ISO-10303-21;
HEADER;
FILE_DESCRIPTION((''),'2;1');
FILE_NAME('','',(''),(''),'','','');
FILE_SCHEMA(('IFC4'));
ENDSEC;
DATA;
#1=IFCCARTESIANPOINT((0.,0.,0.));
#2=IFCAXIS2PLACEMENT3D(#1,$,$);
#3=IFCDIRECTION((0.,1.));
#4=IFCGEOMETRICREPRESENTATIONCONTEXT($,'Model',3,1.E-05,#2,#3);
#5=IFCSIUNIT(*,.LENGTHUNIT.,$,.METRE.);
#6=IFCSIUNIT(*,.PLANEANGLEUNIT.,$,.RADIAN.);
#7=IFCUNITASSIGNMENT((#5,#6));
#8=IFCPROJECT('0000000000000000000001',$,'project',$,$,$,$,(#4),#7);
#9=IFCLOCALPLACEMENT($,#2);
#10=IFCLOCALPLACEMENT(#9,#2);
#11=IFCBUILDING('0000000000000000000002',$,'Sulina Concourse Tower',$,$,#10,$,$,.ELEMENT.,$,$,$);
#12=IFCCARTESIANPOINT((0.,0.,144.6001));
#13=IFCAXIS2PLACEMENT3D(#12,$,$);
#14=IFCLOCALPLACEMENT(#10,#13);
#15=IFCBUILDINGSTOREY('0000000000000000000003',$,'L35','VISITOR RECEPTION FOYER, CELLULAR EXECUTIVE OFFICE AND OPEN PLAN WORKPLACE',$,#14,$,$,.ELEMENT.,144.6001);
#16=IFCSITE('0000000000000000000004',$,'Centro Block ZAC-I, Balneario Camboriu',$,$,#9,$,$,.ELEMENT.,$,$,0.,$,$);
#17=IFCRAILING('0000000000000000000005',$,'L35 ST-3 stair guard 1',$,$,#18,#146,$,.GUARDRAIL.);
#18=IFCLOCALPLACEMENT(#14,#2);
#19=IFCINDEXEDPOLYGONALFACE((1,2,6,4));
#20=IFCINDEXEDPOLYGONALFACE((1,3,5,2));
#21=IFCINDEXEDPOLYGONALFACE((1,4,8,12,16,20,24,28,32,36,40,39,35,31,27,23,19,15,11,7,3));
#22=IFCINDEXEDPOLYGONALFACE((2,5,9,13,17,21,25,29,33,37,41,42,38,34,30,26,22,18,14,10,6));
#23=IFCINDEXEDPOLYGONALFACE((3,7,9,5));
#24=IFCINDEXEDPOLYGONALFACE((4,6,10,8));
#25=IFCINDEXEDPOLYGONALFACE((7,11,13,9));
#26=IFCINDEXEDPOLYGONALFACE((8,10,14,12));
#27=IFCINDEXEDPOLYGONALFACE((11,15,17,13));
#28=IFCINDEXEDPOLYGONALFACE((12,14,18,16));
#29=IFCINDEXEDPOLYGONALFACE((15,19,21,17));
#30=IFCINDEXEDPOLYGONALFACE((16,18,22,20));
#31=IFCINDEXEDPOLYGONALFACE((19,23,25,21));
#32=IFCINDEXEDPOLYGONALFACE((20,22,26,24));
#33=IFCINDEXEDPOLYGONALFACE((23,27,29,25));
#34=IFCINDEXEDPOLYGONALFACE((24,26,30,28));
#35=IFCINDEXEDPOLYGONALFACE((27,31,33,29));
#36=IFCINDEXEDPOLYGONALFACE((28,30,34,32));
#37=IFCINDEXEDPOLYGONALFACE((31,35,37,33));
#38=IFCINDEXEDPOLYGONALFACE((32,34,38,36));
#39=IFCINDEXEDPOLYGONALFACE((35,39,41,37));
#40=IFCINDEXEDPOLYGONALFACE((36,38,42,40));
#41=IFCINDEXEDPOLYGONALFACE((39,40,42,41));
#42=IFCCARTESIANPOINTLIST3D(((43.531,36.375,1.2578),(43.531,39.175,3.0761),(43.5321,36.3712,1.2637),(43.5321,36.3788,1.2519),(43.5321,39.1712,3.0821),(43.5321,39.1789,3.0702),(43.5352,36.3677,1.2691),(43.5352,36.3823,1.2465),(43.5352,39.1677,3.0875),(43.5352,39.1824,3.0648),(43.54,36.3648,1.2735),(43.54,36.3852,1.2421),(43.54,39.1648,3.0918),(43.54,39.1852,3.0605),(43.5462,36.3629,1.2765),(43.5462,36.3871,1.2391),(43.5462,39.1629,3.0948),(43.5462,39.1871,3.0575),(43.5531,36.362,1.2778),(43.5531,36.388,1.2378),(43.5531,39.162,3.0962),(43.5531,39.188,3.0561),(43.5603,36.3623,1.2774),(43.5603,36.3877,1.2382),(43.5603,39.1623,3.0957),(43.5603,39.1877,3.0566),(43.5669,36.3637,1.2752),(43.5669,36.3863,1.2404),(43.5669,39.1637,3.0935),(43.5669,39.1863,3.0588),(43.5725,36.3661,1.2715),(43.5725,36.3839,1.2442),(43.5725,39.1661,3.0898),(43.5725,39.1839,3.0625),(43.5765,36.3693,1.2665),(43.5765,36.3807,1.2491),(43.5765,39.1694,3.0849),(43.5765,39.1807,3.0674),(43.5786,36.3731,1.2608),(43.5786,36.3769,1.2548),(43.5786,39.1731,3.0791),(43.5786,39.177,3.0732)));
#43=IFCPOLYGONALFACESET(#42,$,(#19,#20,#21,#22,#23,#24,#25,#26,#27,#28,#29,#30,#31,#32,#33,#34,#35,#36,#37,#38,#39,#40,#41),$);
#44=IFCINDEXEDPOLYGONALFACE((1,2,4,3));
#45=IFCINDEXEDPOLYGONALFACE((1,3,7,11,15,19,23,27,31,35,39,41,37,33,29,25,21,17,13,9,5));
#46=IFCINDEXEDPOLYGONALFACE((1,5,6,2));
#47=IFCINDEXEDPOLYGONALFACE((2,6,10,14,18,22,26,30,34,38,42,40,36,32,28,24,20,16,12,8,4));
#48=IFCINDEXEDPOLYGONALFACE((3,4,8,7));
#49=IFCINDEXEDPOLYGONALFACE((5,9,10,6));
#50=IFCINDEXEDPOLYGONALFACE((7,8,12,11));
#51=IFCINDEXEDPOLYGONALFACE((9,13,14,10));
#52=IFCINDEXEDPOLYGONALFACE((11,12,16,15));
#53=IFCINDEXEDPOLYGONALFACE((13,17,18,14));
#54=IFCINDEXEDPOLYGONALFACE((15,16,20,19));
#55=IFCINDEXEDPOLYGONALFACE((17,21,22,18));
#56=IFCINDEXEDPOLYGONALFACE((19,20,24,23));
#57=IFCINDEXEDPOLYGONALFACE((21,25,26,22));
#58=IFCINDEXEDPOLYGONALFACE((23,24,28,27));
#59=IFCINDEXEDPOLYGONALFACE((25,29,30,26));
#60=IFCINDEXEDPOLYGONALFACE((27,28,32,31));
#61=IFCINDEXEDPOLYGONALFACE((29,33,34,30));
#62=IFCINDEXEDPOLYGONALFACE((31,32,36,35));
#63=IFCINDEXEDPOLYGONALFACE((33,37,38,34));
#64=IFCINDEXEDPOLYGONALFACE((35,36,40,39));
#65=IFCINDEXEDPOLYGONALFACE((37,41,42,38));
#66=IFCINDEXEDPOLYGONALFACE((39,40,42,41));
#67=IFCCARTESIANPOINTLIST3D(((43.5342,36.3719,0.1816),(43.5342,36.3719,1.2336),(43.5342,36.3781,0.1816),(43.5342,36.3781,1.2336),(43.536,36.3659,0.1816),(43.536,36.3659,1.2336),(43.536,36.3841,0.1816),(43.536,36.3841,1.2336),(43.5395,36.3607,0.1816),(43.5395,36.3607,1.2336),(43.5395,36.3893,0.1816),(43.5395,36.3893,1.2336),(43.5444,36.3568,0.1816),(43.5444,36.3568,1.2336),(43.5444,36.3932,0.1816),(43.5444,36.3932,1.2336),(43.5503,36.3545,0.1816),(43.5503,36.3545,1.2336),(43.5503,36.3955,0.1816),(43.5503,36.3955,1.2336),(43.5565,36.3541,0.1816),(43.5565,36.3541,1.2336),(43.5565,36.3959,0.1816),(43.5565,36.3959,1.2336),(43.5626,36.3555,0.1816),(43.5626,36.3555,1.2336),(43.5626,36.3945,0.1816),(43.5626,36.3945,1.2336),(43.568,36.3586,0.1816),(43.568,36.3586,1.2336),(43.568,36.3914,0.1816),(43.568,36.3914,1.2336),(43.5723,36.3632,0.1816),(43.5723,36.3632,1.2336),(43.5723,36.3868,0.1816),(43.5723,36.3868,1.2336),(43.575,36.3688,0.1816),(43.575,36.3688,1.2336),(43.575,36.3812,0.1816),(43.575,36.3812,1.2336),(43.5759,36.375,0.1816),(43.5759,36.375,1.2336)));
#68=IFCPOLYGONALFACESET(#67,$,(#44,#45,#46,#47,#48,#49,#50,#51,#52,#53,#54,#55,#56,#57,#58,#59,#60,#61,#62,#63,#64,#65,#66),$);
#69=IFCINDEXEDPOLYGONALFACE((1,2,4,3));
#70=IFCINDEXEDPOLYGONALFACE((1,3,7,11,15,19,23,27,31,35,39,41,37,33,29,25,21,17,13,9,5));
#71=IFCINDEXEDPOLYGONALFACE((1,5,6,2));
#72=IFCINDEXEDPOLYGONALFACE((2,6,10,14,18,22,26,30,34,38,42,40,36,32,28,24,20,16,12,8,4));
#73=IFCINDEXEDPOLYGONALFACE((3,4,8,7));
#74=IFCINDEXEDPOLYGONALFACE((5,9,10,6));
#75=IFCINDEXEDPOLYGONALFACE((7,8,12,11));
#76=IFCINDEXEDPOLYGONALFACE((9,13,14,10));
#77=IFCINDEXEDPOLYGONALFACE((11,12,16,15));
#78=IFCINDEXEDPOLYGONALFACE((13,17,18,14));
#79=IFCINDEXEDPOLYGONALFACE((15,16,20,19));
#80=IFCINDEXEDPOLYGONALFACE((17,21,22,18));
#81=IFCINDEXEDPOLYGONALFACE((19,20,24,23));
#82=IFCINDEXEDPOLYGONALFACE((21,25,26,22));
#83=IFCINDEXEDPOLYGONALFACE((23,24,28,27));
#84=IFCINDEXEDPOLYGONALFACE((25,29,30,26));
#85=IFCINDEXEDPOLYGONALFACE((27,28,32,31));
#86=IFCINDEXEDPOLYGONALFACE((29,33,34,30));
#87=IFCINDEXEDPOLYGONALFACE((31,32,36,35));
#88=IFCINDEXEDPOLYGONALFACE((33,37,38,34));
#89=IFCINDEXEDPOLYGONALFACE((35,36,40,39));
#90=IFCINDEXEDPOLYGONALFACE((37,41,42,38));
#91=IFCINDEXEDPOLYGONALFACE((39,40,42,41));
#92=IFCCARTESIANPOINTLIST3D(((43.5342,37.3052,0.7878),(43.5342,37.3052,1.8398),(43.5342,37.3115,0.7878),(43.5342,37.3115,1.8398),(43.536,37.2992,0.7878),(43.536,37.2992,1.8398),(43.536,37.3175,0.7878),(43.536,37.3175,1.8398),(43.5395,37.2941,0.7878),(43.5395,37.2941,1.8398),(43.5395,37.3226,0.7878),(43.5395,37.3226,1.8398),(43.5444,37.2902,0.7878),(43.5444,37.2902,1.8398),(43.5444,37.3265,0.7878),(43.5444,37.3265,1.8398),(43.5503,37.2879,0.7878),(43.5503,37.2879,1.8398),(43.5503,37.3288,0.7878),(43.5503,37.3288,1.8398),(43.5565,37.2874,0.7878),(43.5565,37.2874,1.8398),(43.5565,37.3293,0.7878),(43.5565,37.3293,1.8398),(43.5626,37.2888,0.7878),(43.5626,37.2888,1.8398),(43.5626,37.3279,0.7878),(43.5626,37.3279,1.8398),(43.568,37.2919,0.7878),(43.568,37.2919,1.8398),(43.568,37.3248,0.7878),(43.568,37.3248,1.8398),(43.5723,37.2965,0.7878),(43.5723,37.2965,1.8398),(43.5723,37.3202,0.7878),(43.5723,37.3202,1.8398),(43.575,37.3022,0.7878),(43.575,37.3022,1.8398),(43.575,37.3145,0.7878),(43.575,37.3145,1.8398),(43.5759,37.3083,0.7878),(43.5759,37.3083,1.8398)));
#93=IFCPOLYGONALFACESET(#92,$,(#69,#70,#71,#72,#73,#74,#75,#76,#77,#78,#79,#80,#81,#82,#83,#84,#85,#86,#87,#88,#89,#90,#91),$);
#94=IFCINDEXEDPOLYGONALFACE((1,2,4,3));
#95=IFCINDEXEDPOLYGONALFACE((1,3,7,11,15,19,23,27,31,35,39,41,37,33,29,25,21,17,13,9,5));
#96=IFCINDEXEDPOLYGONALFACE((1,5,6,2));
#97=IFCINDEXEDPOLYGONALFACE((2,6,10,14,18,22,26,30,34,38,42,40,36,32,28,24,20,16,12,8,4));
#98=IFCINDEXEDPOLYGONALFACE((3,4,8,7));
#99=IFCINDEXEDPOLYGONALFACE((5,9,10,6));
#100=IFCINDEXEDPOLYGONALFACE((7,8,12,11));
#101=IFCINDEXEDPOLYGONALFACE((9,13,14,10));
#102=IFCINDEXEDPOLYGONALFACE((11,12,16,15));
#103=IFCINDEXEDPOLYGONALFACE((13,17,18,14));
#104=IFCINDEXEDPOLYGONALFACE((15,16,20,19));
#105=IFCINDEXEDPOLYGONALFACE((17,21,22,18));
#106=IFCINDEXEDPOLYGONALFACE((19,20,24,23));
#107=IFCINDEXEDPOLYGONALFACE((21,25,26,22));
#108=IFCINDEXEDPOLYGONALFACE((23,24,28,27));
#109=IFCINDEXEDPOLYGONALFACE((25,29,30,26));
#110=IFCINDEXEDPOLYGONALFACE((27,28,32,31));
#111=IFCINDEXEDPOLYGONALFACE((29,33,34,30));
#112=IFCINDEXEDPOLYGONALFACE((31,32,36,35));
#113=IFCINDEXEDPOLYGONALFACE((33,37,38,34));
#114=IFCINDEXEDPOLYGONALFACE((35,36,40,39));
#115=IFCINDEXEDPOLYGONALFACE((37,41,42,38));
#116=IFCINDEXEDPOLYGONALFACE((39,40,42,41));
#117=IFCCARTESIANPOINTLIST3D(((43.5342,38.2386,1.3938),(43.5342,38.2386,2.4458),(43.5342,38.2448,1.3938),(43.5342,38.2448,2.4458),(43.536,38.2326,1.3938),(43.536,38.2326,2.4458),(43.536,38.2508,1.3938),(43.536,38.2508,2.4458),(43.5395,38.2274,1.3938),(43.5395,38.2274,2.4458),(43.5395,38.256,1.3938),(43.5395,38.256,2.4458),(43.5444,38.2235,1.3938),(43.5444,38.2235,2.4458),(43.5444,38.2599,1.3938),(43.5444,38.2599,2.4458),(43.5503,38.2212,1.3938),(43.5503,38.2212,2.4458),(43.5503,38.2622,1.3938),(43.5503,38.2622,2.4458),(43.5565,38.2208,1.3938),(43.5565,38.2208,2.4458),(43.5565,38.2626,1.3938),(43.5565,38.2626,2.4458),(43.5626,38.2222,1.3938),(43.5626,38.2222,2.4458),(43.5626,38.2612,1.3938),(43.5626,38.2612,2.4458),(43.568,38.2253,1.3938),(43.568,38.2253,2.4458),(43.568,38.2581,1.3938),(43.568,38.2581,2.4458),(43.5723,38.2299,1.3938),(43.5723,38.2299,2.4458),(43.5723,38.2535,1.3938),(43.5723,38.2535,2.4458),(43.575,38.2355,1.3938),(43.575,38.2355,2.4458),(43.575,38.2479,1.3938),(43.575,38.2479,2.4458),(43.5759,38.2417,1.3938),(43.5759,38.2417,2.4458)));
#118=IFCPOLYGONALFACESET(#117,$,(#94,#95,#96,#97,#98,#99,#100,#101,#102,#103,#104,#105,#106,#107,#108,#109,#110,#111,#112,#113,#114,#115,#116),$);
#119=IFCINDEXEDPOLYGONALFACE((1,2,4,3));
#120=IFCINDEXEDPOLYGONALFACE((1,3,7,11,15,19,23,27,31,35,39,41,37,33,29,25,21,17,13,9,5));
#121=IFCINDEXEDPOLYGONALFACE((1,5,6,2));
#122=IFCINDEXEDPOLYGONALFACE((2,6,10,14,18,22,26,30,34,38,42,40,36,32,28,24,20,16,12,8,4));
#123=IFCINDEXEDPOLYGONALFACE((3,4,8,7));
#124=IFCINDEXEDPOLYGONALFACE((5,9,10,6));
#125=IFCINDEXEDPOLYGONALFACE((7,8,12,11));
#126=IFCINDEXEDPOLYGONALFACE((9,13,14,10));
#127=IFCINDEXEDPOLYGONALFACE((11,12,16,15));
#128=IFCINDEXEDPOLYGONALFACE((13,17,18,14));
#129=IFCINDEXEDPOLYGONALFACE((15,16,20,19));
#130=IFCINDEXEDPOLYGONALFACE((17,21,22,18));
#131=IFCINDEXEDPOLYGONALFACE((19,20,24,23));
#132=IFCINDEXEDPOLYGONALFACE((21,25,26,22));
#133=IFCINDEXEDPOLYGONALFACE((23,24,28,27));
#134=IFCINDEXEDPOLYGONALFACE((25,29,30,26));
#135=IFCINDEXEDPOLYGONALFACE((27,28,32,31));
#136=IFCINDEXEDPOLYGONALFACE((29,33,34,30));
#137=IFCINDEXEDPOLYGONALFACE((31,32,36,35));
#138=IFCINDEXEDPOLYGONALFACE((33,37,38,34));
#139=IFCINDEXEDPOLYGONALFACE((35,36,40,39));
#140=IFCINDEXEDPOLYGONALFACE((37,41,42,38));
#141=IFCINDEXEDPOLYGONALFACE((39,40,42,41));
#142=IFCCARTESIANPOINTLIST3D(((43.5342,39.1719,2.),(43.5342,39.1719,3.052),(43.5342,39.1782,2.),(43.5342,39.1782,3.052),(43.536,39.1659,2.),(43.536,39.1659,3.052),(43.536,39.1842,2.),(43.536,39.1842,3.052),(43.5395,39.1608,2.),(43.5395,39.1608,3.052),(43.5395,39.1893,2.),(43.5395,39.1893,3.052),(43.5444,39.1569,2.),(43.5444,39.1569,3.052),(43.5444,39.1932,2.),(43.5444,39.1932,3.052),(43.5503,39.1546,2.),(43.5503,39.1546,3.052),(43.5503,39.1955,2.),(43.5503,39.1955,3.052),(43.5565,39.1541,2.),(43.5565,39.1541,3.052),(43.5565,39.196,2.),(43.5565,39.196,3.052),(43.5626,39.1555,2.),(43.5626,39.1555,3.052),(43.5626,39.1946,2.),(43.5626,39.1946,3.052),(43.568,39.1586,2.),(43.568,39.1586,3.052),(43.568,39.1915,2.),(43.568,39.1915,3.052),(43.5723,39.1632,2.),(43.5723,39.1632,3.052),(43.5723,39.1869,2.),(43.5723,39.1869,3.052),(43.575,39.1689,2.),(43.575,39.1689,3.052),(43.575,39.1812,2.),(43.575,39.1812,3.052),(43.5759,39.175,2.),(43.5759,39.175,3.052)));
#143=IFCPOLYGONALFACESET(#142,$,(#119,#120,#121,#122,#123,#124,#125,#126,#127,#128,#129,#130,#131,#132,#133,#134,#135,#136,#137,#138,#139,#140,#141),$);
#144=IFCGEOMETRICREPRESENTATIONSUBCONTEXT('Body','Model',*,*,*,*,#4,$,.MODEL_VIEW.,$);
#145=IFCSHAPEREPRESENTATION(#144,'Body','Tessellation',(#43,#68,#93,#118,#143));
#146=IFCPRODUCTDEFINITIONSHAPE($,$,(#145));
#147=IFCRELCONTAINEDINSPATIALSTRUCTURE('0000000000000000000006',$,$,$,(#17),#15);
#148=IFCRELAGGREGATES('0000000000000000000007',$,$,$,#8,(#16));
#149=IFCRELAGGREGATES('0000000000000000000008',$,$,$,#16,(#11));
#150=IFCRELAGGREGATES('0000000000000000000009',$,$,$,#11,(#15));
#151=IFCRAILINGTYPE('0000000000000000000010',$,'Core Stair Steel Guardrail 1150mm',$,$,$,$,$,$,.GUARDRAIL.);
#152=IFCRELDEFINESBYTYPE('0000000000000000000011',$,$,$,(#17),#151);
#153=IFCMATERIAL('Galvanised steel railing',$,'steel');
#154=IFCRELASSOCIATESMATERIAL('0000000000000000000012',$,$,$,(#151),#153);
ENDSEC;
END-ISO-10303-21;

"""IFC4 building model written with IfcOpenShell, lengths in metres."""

from ifc_helpers import new_model, si_unit, direction, frame, origin, origin_2d, place, context, subcontext, project, spatial, circle, extrude, material, type_object, element, save


model = new_model("IFC4")

# Units and contexts
model_context = context("Model", 3, precision=1e-05, world=origin(), true_north=direction((0.0, 1.0)))
body_context = subcontext(model_context, "Body", "Model", "MODEL_VIEW")
ifc_project = project(units=[si_unit("LENGTHUNIT", "METRE"), si_unit("PLANEANGLEUNIT", "RADIAN")], contexts=[model_context])

# Site, building, storey
site_placement = place(None, origin())
site = spatial("IfcSite", under=ifc_project, at=site_placement, Name="Centro Block ZAC-I, Balneario Camboriu", CompositionType="ELEMENT", RefElevation=0.0)
building_placement = place(site_placement, origin())
building = spatial("IfcBuilding", under=site, at=building_placement, Name="Sulina Concourse Tower", CompositionType="ELEMENT")
storey_placement = place(building_placement, frame((0.0, 0.0, 144.6001)))
storey = spatial("IfcBuildingStorey", under=building, at=storey_placement, Name="L35", Description="VISITOR RECEPTION FOYER, CELLULAR EXECUTIVE OFFICE AND OPEN PLAN WORKPLACE", CompositionType="ELEMENT", Elevation=144.6001)

# Railing
ifc_material_1 = material(Name="Galvanised steel railing", Category="steel")
railing_type_1 = type_object("IfcRailingType", Name="Core Stair Steel Guardrail 1150mm", PredefinedType="GUARDRAIL", material=ifc_material_1)
railing_1_placement = place(storey_placement, frame((43.5549, 36.375, 0.1816)))
element("IfcRailing", 1, at=railing_1_placement, inside=storey, type_object=railing_type_1, Name="L35 ST-3 stair guard 1", PredefinedType="GUARDRAIL", context=body_context, shape_type="SweptSolid", body=[
    extrude(circle(Radius=0.0239, at=origin_2d()), frame((0.0, 0.0, 1.0762), z_axis=(0.0, 0.838672, 0.544636), x_axis=(-1.0, 0.0, 0.0)), (0.0, 0.0, 1.0), 3.3386),
    extrude(circle(Radius=0.021, at=origin_2d()), origin(), (0.0, 0.0, 1.0), 1.052),
    extrude(circle(Radius=0.021, at=origin_2d()), frame((0.0, 0.9333, 0.6062)), (0.0, 0.0, 1.0), 1.052),
    extrude(circle(Radius=0.021, at=origin_2d()), frame((0.0, 1.8667, 1.2122)), (0.0, 0.0, 1.0), 1.052),
    extrude(circle(Radius=0.021, at=origin_2d()), frame((0.0, 2.8, 1.8184)), (0.0, 0.0, 1.0), 1.052),
])

save(model, "model.ifc")
